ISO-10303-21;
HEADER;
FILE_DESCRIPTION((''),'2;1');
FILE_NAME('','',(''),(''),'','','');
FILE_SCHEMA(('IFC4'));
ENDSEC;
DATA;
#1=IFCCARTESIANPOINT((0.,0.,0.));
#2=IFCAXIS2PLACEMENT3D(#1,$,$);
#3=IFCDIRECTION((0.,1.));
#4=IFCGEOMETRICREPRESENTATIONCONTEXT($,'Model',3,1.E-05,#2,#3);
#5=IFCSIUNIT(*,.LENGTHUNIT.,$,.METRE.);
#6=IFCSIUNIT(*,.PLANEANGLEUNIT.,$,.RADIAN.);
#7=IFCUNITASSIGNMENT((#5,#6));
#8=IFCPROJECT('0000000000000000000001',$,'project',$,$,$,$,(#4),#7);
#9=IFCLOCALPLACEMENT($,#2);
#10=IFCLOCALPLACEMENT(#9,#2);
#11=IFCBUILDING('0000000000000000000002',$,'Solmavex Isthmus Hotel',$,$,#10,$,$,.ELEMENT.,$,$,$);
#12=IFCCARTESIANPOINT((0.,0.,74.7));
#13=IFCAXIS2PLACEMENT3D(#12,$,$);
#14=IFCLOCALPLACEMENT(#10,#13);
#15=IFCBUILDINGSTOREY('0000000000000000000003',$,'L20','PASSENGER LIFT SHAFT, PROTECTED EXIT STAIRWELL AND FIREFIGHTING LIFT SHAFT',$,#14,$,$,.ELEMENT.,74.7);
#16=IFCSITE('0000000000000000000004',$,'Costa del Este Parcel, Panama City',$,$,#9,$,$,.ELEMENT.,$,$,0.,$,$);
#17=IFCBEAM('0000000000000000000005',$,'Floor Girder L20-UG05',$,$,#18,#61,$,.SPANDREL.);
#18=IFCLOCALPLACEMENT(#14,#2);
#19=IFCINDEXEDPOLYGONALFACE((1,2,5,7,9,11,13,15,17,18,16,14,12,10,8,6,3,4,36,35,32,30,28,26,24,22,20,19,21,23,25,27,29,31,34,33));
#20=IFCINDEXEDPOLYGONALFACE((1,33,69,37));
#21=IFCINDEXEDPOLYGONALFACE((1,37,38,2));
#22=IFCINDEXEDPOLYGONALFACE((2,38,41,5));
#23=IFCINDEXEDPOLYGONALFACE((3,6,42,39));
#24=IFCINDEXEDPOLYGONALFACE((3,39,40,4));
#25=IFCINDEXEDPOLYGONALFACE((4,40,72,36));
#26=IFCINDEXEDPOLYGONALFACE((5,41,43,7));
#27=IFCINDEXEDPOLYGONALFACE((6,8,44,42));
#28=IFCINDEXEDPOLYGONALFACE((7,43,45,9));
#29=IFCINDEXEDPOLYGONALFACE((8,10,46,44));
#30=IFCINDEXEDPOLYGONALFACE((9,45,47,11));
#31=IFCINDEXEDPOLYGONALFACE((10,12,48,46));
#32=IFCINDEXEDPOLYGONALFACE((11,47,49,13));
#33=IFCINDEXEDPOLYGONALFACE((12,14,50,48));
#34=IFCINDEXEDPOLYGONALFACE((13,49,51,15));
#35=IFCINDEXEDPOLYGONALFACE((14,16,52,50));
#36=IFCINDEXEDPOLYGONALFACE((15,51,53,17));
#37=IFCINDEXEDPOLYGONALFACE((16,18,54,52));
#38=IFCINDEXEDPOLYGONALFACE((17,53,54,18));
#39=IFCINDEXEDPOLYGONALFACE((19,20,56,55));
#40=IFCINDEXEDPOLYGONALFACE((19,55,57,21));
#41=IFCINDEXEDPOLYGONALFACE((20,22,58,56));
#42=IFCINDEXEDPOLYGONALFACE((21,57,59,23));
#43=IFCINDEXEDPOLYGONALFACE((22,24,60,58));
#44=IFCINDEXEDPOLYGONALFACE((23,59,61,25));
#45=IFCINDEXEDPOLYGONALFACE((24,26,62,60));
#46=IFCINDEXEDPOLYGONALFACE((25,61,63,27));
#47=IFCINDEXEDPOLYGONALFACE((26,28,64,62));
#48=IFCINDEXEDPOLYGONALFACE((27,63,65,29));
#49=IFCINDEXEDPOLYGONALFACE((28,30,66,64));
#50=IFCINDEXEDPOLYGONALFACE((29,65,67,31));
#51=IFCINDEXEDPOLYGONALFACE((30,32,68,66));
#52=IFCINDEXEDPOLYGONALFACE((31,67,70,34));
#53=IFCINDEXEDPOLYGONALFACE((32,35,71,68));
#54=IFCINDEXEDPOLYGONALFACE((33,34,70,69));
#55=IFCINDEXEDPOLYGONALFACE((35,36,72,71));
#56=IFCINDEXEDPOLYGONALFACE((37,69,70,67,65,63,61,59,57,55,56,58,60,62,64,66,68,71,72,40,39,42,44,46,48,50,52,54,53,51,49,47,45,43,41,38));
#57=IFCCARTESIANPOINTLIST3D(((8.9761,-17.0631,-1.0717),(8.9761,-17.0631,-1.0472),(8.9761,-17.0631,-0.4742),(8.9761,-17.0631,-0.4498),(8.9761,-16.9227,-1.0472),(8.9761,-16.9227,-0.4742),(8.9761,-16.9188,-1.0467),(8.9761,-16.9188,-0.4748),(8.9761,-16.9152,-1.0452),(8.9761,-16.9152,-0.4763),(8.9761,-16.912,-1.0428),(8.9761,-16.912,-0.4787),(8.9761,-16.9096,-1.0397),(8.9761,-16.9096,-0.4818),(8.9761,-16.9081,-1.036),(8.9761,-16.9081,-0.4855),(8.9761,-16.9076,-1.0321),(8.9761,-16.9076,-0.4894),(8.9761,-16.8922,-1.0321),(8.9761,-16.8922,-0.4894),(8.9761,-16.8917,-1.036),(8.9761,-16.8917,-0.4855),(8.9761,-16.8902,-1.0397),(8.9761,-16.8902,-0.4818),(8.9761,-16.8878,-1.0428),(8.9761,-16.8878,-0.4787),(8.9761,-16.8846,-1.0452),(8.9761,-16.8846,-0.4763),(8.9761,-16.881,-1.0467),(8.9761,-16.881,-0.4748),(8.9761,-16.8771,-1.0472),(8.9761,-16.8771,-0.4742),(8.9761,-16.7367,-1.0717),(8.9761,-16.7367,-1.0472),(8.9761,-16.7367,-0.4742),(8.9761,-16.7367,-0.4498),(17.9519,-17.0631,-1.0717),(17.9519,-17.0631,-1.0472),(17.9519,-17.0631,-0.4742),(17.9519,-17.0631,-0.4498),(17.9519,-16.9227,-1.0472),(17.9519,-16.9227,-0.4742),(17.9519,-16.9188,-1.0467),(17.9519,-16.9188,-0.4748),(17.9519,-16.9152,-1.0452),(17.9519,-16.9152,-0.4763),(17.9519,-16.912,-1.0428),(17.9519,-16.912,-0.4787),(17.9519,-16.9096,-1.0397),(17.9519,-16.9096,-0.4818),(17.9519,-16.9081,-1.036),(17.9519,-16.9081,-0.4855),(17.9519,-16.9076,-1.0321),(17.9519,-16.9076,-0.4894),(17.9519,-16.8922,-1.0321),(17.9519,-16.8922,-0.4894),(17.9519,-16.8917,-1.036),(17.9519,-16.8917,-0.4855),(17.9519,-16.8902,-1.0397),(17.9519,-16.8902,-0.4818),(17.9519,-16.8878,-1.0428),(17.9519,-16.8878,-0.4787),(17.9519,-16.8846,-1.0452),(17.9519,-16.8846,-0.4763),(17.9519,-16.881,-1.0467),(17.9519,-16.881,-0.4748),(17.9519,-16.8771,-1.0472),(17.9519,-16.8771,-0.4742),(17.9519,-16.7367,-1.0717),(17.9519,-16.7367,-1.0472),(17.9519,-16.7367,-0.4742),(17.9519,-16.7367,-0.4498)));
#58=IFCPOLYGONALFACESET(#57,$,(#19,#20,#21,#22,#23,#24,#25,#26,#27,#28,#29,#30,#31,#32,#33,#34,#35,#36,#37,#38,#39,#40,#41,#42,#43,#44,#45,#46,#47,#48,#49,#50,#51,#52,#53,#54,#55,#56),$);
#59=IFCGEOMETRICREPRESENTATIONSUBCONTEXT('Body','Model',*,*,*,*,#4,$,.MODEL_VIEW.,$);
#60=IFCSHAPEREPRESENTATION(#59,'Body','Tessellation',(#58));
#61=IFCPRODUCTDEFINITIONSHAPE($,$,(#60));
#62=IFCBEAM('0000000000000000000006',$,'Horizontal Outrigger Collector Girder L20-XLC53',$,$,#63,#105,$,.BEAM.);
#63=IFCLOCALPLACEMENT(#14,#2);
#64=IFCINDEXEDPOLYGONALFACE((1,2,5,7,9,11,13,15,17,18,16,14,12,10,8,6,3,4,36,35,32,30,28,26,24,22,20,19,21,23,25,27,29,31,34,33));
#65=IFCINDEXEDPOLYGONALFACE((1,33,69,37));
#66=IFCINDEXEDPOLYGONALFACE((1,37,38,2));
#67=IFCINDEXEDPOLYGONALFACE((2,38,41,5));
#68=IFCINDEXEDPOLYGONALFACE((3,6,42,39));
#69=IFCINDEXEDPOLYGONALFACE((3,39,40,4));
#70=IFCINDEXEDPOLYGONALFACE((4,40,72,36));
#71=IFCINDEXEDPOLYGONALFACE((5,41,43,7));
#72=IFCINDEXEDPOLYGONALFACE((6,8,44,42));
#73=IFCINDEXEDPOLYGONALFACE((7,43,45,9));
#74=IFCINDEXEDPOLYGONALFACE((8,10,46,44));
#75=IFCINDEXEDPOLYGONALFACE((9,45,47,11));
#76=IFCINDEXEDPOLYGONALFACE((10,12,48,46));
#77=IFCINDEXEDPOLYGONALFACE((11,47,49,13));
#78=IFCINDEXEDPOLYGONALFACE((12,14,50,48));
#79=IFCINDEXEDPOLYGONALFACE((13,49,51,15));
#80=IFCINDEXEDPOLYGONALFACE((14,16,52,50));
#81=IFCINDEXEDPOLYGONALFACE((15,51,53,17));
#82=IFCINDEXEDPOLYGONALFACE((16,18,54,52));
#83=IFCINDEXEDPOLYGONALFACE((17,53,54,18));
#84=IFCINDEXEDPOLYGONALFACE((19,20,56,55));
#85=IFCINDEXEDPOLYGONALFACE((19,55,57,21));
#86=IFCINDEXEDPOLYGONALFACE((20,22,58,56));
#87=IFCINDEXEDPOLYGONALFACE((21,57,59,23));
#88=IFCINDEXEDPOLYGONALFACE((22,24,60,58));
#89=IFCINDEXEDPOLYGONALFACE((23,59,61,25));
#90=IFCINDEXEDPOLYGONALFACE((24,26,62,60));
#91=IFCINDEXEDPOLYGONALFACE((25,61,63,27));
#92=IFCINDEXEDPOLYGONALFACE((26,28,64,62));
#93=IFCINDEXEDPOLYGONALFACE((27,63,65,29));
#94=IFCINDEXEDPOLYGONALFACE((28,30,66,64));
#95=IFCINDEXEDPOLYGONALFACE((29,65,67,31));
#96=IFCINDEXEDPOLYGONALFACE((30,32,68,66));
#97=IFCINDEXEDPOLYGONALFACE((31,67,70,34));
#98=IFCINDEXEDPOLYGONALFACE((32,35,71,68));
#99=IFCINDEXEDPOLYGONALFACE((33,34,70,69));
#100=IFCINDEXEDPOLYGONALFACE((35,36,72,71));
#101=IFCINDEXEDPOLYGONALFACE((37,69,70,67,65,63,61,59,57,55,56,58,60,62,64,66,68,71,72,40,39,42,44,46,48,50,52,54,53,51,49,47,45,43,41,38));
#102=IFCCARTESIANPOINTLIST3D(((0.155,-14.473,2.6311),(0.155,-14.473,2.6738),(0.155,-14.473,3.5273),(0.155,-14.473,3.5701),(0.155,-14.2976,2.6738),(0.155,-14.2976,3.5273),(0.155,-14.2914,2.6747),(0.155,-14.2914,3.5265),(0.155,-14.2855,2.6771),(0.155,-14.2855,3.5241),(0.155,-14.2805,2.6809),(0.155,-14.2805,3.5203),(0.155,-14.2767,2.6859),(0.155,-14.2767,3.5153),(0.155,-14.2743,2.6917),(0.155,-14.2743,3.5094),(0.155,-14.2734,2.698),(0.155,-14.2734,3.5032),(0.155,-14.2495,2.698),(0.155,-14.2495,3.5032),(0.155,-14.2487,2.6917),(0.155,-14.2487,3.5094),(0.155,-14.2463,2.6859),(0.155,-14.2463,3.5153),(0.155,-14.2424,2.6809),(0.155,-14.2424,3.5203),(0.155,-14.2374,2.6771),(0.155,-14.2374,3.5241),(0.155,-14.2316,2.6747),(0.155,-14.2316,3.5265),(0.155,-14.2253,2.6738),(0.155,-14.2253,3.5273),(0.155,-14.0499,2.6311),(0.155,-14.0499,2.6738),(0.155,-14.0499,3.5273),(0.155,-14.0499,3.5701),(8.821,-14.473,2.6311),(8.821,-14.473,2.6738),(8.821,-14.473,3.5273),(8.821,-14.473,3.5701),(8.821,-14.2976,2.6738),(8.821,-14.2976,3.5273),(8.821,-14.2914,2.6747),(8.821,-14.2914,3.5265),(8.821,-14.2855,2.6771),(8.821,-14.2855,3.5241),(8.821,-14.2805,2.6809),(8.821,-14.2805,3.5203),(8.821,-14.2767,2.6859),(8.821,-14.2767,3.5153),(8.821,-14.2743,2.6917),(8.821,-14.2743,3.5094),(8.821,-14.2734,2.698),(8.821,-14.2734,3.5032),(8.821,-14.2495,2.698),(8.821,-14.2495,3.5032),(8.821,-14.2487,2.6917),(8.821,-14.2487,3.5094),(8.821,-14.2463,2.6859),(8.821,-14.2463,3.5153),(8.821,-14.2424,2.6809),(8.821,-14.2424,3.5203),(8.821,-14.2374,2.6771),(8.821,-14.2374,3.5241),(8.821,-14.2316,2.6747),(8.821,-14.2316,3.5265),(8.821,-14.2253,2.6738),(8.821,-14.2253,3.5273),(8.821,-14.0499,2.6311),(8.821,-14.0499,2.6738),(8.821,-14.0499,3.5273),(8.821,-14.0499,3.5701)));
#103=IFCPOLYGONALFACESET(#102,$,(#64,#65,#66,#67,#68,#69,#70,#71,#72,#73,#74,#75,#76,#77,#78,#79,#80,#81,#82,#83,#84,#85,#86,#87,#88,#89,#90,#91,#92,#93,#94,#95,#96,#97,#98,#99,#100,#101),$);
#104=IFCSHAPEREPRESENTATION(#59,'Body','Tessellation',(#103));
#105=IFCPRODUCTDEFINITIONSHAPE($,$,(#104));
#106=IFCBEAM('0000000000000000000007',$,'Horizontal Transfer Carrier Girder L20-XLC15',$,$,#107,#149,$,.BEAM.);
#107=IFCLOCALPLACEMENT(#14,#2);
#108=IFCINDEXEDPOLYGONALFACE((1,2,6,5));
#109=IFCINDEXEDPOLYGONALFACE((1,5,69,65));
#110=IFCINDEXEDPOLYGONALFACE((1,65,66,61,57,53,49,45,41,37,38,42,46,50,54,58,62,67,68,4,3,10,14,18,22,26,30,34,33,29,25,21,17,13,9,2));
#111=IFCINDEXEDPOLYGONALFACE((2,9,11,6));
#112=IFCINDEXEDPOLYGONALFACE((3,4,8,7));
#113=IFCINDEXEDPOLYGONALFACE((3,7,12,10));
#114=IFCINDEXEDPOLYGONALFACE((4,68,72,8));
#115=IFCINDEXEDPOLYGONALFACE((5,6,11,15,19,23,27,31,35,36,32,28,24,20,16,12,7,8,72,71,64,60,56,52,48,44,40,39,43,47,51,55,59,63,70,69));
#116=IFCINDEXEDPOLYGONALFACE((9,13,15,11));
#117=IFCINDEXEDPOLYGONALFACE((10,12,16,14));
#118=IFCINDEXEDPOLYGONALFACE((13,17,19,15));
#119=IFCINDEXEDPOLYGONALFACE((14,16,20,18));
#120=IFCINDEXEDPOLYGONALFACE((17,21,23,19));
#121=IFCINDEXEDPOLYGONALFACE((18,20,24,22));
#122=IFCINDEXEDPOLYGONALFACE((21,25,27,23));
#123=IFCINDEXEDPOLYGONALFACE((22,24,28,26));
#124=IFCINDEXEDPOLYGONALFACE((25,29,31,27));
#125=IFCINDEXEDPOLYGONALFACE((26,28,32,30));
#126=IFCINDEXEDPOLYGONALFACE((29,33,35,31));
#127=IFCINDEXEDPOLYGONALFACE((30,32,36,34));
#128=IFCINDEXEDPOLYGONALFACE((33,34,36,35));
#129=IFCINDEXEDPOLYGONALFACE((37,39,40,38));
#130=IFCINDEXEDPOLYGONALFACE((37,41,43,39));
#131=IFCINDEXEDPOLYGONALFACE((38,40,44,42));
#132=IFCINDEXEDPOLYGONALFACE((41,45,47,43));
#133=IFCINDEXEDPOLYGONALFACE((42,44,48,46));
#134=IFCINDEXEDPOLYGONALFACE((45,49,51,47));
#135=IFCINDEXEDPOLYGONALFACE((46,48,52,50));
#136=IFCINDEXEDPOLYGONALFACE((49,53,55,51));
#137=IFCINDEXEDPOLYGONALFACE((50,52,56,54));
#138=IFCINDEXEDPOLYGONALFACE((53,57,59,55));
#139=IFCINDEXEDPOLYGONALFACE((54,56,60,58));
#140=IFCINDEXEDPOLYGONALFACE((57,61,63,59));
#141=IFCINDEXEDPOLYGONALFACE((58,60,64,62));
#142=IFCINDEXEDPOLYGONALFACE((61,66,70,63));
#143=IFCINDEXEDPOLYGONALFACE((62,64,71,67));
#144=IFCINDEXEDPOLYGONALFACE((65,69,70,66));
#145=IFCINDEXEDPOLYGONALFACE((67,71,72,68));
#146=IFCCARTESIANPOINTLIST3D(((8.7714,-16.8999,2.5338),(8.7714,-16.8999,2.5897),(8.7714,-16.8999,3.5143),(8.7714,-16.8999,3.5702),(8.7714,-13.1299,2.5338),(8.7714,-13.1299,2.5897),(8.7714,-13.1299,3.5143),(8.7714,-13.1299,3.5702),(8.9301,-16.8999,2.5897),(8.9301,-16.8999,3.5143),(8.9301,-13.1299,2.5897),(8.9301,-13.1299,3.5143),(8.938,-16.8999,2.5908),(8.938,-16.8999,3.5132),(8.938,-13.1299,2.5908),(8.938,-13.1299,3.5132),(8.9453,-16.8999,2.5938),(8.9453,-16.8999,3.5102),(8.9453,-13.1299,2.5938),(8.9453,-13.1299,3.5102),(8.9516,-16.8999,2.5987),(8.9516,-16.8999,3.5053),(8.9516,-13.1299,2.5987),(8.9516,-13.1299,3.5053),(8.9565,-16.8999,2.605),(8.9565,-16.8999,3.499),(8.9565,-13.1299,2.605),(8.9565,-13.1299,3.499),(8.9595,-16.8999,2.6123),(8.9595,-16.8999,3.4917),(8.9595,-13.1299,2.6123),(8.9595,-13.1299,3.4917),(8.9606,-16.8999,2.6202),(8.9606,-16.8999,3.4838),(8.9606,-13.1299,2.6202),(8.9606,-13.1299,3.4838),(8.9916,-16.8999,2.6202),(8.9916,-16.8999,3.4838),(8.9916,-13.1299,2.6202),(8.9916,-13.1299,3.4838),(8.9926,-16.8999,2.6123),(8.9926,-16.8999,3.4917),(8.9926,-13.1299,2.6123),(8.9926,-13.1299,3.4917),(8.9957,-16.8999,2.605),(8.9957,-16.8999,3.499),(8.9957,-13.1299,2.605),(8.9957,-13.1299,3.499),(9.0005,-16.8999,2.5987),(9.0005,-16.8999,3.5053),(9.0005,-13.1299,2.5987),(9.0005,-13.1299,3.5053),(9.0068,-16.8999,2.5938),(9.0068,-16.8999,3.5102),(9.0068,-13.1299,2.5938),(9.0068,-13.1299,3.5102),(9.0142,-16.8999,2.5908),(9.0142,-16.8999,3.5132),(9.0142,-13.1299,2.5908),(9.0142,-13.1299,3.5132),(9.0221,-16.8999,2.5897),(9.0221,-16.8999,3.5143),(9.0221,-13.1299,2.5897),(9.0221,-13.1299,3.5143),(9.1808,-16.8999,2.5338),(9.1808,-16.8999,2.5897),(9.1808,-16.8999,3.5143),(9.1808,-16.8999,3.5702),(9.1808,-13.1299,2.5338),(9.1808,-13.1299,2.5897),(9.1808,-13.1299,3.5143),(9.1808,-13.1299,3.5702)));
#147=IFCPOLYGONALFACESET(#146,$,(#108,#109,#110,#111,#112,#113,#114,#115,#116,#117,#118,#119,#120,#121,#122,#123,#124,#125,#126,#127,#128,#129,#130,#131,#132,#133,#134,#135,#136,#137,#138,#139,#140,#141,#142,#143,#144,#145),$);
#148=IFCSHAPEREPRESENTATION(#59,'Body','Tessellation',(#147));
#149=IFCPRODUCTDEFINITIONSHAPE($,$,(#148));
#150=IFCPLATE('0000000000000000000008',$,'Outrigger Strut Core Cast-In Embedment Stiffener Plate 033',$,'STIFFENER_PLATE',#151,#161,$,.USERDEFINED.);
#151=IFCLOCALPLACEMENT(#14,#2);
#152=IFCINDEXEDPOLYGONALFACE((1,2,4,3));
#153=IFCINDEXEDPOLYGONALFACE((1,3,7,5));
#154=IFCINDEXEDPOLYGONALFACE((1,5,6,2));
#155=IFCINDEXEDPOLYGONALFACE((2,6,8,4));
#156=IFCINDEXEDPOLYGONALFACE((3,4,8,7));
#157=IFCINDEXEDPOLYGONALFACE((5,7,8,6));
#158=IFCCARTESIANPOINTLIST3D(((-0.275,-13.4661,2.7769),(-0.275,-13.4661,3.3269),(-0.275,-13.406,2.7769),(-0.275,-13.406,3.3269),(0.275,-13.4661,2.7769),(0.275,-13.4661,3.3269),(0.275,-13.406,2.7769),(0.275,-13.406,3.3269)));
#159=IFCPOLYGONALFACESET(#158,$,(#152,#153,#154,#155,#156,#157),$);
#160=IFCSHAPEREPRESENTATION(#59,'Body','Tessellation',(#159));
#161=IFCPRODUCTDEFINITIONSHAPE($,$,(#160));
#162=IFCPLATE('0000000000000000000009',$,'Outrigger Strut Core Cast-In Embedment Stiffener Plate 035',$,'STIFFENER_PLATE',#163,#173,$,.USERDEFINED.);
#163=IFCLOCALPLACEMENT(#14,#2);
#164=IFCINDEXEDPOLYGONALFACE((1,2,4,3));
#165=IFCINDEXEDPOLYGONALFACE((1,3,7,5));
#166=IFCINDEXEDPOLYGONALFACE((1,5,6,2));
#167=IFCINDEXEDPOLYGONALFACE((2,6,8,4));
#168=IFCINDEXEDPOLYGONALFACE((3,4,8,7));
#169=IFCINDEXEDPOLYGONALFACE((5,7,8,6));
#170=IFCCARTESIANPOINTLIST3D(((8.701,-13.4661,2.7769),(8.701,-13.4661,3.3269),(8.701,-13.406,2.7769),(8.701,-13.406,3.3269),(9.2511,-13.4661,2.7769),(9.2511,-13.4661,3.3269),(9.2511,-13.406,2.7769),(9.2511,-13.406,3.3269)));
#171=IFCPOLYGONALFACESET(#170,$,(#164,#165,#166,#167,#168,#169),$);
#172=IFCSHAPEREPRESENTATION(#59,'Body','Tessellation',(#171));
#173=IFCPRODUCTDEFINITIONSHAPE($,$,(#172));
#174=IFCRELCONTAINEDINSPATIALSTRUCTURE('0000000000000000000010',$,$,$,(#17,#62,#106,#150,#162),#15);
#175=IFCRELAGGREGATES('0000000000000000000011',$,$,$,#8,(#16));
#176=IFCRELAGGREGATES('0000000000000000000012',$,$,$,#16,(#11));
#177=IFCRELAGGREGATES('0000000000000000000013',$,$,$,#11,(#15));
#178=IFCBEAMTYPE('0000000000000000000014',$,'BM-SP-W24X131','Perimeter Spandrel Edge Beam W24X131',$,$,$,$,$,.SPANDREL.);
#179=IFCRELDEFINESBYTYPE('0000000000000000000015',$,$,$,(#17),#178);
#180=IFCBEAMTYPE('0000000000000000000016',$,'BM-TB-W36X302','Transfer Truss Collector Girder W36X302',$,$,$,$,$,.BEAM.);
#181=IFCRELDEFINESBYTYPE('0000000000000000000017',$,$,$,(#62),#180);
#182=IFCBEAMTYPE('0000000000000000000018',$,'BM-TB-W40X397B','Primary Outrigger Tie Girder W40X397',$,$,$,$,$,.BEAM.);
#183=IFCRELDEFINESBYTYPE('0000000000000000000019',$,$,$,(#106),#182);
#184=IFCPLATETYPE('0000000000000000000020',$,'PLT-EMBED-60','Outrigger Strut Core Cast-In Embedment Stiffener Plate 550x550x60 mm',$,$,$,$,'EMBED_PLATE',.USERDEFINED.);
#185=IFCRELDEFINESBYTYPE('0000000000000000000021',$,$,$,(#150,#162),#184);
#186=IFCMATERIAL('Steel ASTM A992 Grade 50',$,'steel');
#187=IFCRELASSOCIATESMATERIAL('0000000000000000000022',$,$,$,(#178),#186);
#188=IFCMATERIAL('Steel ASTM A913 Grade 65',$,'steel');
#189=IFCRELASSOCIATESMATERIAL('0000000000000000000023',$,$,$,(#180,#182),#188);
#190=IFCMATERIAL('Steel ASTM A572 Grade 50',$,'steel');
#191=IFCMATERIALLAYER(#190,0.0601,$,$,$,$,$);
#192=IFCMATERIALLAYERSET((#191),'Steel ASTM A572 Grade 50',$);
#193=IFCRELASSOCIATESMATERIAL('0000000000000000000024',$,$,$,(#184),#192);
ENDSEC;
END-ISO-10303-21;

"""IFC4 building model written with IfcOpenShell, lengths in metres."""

from ifc_helpers import new_model, si_unit, direction, frame, origin, origin_2d, place, context, subcontext, project, spatial, rectangle, i_section, extrude, material, layer, layer_set, material_profile, profile_set, type_object, element, save


model = new_model("IFC4")

# Units and contexts
model_context = context("Model", 3, precision=1e-05, world=origin(), true_north=direction((0.0, 1.0)))
body_context = subcontext(model_context, "Body", "Model", "MODEL_VIEW")
ifc_project = project(units=[si_unit("LENGTHUNIT", "METRE"), si_unit("PLANEANGLEUNIT", "RADIAN")], contexts=[model_context])

# Site, building, storey
site_placement = place(None, origin())
site = spatial("IfcSite", under=ifc_project, at=site_placement, Name="Costa del Este Parcel, Panama City", CompositionType="ELEMENT", RefElevation=0.0)
building_placement = place(site_placement, origin())
building = spatial("IfcBuilding", under=site, at=building_placement, Name="Solmavex Isthmus Hotel", CompositionType="ELEMENT")
storey_placement = place(building_placement, frame((0.0, 0.0, 74.7)))
storey = spatial("IfcBuildingStorey", under=building, at=storey_placement, Name="L20", Description="PASSENGER LIFT SHAFT, PROTECTED EXIT STAIRWELL AND FIREFIGHTING LIFT SHAFT", CompositionType="ELEMENT", Elevation=74.7)

# Shared definitions
ifc_material_1 = material(Name="Steel ASTM A913 Grade 65", Category="steel")

# Beams
ifc_material_2 = material(Name="Steel ASTM A992 Grade 50", Category="steel")
ifc_material_profile_1 = material_profile(ifc_material_2, i_section(OverallWidth=0.3264, OverallDepth=0.6218, WebThickness=0.0154, FlangeThickness=0.0244, FilletRadius=0.0151, at=origin_2d()), Name="W24X131")
ifc_profile_set_1 = profile_set([ifc_material_profile_1], Name="Steel ASTM A992 Grade 50")
beam_type_1 = type_object("IfcBeamType", Name="BM-SP-W24X131", Description="Perimeter Spandrel Edge Beam W24X131", PredefinedType="SPANDREL", material=ifc_profile_set_1)
beam_1_placement = place(storey_placement, frame((8.9761, -16.8999, -0.7607), z_axis=(1.0, 0.0, 0.0), x_axis=(0.0, 1.0, 0.0)))
element("IfcBeam", 1, at=beam_1_placement, inside=storey, type_object=beam_type_1, Name="Floor Girder L20-UG05", PredefinedType="SPANDREL", context=body_context, shape_type="SweptSolid", body=[
    extrude(i_section(OverallWidth=0.3264, OverallDepth=0.6218, WebThickness=0.0154, FlangeThickness=0.0244, FilletRadius=0.0151, at=origin_2d()), origin(), (0.0, 0.0, 1.0), 8.9758),
])
ifc_material_profile_2 = material_profile(ifc_material_1, i_section(OverallWidth=0.4231, OverallDepth=0.939, WebThickness=0.0239, FlangeThickness=0.0427, FilletRadius=0.0242, at=origin_2d()), Name="W36X302")
ifc_profile_set_2 = profile_set([ifc_material_profile_2], Name="Steel ASTM A913 Grade 65")
beam_type_2 = type_object("IfcBeamType", Name="BM-TB-W36X302", Description="Transfer Truss Collector Girder W36X302", PredefinedType="BEAM", material=ifc_profile_set_2)
beam_2_placement = place(storey_placement, frame((0.155, -14.2615, 3.1006), z_axis=(1.0, 0.0, 0.0), x_axis=(0.0, 1.0, 0.0)))
element("IfcBeam", 2, at=beam_2_placement, inside=storey, type_object=beam_type_2, Name="Horizontal Outrigger Collector Girder L20-XLC53", PredefinedType="BEAM", context=body_context, shape_type="SweptSolid", body=[
    extrude(i_section(OverallWidth=0.4231, OverallDepth=0.939, WebThickness=0.0239, FlangeThickness=0.0427, FilletRadius=0.0242, at=origin_2d()), origin(), (0.0, 0.0, 1.0), 8.666),
])
ifc_material_profile_3 = material_profile(ifc_material_1, i_section(OverallWidth=0.4094, OverallDepth=1.0364, WebThickness=0.031, FlangeThickness=0.0559, FilletRadius=0.0305, at=origin_2d()), Name="W40X397")
ifc_profile_set_3 = profile_set([ifc_material_profile_3], Name="Steel ASTM A913 Grade 65")
beam_type_3 = type_object("IfcBeamType", Name="BM-TB-W40X397B", Description="Primary Outrigger Tie Girder W40X397", PredefinedType="BEAM", material=ifc_profile_set_3)
beam_3_placement = place(storey_placement, frame((8.9761, -16.8999, 3.052), z_axis=(0.0, 1.0, 0.0), x_axis=(-1.0, 0.0, 0.0)))
element("IfcBeam", 3, at=beam_3_placement, inside=storey, type_object=beam_type_3, Name="Horizontal Transfer Carrier Girder L20-XLC15", PredefinedType="BEAM", context=body_context, shape_type="SweptSolid", body=[
    extrude(i_section(OverallWidth=0.4094, OverallDepth=1.0364, WebThickness=0.031, FlangeThickness=0.0559, FilletRadius=0.0305, at=origin_2d()), origin(), (0.0, 0.0, 1.0), 3.77),
])

# Plates
ifc_material_3 = material(Name="Steel ASTM A572 Grade 50", Category="steel")
ifc_layer_1 = layer(ifc_material_3, 0.0601)
ifc_layer_set_1 = layer_set([ifc_layer_1], Name="Steel ASTM A572 Grade 50")
plate_type = type_object("IfcPlateType", Name="PLT-EMBED-60", Description="Outrigger Strut Core Cast-In Embedment Stiffener Plate 550x550x60 mm", ElementType="EMBED_PLATE", PredefinedType="USERDEFINED", material=ifc_layer_set_1)
for number, where, z_axis, x_axis, name in (
    (4, (0.0, -13.436, 2.7769), (0.0, 0.0, 1.0), (1.0, 0.0, 0.0), "Outrigger Strut Core Cast-In Embedment Stiffener Plate 033"),
    (5, (8.9761, -13.436, 2.7769), (0.0, 0.0, 1.0), (1.0, 0.0, 0.0), "Outrigger Strut Core Cast-In Embedment Stiffener Plate 035"),
):
    element("IfcPlate", number, at=place(storey_placement, frame(where, z_axis=z_axis, x_axis=x_axis)), inside=storey, type_object=plate_type, Name=name, ObjectType="STIFFENER_PLATE", PredefinedType="USERDEFINED", context=body_context, shape_type="SweptSolid", body=[
        extrude(rectangle(XDim=0.55, YDim=0.0601, at=origin_2d()), origin(), (0.0, 0.0, 1.0), 0.55),
    ])

save(model, "model.ifc")
